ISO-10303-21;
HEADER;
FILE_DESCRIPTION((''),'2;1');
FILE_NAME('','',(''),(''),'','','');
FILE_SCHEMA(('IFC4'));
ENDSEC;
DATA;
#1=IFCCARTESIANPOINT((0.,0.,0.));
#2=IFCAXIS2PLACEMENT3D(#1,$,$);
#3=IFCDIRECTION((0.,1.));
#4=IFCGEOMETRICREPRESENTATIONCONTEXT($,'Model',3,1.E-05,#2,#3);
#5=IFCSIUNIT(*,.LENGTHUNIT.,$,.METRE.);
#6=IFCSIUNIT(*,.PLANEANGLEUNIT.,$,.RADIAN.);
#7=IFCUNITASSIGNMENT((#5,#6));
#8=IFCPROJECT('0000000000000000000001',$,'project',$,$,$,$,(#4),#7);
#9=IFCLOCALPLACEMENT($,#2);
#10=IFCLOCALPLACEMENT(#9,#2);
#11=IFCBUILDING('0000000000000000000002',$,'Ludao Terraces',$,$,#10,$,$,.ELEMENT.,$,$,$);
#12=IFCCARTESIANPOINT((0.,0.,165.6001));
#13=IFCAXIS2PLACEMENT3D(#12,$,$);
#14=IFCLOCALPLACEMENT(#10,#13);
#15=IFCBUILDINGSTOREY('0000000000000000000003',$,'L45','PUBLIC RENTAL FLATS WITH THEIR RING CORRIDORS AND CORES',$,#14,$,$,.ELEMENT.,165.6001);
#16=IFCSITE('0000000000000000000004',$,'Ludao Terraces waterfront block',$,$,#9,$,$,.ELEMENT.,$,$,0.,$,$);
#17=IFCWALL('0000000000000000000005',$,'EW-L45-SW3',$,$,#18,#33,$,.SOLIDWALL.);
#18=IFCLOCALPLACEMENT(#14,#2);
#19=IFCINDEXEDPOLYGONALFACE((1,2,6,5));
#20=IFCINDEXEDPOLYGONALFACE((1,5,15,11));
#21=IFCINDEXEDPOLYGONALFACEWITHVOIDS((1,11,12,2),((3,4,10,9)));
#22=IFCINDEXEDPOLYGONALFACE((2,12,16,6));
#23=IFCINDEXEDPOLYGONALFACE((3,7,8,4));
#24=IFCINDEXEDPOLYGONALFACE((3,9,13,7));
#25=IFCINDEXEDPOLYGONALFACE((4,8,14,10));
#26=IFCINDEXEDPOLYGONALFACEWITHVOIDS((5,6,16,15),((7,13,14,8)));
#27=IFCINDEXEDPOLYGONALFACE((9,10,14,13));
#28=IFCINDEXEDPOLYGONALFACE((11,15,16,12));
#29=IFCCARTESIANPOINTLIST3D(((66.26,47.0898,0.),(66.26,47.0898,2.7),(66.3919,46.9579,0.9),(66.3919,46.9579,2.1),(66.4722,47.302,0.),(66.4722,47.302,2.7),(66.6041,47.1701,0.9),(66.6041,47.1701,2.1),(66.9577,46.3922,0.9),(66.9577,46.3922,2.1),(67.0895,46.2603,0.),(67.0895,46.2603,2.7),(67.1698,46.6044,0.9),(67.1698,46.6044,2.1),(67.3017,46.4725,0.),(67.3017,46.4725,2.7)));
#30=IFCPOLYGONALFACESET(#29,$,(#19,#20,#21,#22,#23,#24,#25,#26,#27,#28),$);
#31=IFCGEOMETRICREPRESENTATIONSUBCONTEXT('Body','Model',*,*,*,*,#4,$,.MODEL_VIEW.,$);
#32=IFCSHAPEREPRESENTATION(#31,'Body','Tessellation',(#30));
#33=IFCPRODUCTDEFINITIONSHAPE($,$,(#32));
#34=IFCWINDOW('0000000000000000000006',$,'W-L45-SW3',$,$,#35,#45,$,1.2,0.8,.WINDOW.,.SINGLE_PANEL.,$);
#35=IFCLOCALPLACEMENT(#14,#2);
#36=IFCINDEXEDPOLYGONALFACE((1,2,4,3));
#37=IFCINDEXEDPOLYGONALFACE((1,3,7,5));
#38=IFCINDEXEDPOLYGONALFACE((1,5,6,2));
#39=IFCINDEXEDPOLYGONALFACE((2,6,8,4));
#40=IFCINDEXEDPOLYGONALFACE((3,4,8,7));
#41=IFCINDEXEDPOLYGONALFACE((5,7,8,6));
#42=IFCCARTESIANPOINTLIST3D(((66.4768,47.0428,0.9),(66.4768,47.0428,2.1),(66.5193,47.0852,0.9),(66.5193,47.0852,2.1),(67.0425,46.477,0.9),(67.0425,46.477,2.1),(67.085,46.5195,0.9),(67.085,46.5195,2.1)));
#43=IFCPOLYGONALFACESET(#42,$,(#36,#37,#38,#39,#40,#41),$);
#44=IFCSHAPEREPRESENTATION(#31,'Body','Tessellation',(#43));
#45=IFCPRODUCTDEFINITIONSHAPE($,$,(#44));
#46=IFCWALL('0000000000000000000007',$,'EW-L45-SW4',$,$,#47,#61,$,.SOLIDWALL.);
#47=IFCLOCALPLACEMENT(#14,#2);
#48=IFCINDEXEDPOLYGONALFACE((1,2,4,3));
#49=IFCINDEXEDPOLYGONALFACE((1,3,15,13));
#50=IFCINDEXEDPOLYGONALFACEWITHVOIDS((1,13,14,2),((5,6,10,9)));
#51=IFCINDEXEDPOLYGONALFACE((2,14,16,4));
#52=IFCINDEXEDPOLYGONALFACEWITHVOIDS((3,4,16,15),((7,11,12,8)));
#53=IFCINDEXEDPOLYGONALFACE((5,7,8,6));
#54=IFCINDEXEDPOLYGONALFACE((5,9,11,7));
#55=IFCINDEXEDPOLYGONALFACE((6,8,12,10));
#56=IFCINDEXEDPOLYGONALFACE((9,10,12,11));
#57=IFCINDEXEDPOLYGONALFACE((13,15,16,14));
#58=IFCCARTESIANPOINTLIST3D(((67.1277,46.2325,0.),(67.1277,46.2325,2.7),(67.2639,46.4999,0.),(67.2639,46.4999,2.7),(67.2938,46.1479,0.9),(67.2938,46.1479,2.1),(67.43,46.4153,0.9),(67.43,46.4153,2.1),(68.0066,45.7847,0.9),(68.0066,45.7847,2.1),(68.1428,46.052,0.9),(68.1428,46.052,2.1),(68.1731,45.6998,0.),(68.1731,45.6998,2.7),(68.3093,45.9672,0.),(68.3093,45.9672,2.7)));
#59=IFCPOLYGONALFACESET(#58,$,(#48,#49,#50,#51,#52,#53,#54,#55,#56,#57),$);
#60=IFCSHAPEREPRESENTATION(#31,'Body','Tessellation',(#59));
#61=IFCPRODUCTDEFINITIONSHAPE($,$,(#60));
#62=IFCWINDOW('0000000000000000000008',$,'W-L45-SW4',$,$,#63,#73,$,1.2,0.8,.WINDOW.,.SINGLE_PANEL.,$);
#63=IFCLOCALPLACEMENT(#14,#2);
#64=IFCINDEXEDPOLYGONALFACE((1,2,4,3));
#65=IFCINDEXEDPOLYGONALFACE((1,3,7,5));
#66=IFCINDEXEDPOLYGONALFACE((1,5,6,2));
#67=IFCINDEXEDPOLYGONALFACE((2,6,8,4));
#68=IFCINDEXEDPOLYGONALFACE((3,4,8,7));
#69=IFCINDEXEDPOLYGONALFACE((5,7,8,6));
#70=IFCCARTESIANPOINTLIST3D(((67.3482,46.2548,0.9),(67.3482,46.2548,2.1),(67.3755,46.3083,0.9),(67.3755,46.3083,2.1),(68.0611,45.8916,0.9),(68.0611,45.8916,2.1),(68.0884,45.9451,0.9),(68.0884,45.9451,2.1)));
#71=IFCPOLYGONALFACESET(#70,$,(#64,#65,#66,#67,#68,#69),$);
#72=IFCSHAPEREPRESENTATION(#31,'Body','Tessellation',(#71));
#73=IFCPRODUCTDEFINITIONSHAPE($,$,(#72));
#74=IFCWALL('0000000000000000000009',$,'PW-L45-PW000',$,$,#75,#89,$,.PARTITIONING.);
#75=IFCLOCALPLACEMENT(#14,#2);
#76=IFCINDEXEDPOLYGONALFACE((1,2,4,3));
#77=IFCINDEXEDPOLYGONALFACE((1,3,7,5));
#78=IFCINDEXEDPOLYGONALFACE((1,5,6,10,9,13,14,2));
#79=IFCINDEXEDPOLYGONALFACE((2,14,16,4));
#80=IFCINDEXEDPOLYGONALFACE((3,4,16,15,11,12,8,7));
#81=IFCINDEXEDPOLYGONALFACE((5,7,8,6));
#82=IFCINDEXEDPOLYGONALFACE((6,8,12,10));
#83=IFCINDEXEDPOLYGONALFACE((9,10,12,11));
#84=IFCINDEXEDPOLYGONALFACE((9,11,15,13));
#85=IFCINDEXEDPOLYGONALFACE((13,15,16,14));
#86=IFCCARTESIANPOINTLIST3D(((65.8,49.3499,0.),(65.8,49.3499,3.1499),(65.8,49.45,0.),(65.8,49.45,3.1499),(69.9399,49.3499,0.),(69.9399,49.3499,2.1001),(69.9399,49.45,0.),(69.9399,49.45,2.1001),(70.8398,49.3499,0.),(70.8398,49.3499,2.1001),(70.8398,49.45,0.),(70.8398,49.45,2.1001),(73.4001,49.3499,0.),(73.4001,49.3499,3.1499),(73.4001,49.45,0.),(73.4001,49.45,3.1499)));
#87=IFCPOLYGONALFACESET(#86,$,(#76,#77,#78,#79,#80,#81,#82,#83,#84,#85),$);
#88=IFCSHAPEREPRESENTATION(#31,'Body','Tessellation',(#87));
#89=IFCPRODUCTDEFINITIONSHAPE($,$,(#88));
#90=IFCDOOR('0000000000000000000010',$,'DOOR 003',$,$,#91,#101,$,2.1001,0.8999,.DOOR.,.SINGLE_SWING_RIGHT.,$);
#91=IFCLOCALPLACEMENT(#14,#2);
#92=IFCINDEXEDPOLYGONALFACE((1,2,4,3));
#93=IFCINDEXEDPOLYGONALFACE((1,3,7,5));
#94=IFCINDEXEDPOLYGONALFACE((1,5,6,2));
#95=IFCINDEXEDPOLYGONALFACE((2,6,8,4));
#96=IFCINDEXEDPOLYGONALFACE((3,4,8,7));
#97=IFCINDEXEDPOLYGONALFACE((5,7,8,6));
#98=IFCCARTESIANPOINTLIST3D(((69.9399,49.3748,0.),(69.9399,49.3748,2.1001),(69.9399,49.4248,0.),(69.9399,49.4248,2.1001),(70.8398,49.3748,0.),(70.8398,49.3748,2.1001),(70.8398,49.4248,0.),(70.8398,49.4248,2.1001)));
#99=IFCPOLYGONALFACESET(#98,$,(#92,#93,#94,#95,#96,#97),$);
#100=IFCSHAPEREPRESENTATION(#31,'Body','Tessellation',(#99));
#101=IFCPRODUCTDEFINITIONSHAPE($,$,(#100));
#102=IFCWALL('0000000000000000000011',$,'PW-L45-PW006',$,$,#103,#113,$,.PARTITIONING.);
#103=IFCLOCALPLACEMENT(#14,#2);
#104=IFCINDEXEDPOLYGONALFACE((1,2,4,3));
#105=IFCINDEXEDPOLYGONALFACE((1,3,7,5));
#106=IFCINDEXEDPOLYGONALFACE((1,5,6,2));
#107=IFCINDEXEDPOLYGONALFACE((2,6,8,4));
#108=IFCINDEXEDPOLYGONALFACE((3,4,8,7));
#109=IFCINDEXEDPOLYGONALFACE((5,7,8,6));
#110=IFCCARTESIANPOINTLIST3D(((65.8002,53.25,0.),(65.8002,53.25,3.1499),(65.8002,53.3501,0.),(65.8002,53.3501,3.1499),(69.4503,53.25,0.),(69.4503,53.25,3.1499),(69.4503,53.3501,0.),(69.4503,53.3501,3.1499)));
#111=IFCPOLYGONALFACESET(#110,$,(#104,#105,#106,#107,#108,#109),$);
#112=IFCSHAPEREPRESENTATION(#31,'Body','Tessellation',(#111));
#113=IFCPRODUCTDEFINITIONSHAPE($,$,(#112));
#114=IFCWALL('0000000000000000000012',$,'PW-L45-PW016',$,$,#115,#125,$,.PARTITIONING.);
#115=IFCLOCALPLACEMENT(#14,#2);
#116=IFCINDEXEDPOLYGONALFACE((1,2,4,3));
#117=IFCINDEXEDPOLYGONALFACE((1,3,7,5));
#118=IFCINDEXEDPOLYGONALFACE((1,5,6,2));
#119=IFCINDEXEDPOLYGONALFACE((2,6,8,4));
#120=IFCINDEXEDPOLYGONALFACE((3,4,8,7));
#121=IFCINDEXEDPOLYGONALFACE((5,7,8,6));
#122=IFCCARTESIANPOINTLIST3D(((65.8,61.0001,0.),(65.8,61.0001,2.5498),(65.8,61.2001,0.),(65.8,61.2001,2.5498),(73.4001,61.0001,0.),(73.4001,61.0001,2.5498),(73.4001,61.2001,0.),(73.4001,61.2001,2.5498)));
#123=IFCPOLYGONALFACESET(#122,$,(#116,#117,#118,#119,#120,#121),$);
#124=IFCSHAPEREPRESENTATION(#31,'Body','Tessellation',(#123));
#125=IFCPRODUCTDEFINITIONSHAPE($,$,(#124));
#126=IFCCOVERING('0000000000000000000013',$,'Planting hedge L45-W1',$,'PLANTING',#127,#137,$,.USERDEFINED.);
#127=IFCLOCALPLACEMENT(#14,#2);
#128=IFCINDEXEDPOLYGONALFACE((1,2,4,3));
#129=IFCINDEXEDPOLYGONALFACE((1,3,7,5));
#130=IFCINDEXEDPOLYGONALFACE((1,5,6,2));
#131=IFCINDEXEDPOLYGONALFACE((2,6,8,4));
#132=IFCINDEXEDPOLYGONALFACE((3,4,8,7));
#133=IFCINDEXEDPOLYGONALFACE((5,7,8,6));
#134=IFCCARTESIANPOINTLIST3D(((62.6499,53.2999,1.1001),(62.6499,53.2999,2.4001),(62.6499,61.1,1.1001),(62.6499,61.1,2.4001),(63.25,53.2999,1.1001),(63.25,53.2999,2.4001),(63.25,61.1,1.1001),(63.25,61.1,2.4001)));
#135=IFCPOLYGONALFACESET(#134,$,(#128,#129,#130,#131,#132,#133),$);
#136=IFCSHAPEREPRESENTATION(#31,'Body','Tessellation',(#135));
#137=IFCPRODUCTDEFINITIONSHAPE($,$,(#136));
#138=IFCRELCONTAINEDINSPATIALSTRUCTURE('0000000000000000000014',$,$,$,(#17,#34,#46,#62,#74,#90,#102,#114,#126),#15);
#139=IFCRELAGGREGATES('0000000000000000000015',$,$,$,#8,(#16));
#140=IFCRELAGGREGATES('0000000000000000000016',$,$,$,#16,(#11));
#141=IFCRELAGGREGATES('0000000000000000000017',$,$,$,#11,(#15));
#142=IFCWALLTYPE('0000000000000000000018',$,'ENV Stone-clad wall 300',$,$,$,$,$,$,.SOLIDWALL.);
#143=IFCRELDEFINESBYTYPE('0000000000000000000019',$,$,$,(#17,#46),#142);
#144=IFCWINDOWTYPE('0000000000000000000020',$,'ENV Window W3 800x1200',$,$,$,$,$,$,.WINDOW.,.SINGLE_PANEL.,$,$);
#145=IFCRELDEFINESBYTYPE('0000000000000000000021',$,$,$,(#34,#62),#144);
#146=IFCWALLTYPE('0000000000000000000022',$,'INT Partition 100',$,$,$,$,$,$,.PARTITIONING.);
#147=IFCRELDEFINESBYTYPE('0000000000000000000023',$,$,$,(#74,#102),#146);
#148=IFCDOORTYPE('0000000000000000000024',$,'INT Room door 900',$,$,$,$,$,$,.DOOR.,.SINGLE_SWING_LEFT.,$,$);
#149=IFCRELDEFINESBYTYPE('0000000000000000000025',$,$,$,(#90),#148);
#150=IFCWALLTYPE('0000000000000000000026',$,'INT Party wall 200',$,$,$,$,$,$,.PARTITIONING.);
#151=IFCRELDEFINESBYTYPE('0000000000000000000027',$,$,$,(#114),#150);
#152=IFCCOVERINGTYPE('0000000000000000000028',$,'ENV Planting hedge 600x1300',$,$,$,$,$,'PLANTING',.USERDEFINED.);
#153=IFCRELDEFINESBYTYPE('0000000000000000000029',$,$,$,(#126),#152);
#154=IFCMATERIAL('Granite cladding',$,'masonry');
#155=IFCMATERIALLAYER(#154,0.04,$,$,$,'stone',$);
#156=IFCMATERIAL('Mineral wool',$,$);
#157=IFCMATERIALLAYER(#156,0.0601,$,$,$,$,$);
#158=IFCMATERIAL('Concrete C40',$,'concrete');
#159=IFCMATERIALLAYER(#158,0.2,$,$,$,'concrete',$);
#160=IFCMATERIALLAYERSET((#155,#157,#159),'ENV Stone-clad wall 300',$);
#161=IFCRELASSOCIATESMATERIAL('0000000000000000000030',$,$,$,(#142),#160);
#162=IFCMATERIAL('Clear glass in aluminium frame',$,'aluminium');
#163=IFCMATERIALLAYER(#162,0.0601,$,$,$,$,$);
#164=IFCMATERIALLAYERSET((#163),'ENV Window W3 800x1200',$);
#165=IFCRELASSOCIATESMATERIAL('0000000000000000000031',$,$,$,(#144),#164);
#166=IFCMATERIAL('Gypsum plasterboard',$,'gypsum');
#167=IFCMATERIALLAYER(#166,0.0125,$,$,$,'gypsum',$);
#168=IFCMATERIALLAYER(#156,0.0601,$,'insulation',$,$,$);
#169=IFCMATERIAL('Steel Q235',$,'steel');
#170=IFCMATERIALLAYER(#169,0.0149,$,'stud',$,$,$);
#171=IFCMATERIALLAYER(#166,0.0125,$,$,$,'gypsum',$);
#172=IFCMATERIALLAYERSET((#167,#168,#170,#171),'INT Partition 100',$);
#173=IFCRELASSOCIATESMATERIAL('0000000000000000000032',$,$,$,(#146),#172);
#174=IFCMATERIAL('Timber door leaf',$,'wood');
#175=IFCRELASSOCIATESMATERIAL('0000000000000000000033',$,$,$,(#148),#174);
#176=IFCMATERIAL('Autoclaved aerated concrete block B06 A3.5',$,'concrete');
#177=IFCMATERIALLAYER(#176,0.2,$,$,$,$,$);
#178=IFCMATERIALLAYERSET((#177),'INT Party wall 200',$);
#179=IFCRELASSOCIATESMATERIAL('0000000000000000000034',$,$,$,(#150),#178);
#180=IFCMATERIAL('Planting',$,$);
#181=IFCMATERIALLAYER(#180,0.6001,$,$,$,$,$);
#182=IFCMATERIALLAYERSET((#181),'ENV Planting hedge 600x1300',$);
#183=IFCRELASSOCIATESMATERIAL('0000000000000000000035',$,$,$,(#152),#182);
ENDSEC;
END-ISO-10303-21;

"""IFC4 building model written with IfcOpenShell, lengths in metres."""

from ifc_helpers import new_model, si_unit, direction, frame, frame_2d, origin, origin_2d, place, context, subcontext, project, spatial, rectangle, extrude, material, layer, layer_set, type_object, element, fill, save


model = new_model("IFC4")

# Units and contexts
model_context = context("Model", 3, precision=1e-05, world=origin(), true_north=direction((0.0, 1.0)))
body_context = subcontext(model_context, "Body", "Model", "MODEL_VIEW")
ifc_project = project(units=[si_unit("LENGTHUNIT", "METRE"), si_unit("PLANEANGLEUNIT", "RADIAN")], contexts=[model_context])

# Site, building, storey
site_placement = place(None, origin())
site = spatial("IfcSite", under=ifc_project, at=site_placement, Name="Ludao Terraces waterfront block", CompositionType="ELEMENT", RefElevation=0.0)
building_placement = place(site_placement, origin())
building = spatial("IfcBuilding", under=site, at=building_placement, Name="Ludao Terraces", CompositionType="ELEMENT")
storey_placement = place(building_placement, frame((0.0, 0.0, 165.6001)))
storey = spatial("IfcBuildingStorey", under=building, at=storey_placement, Name="L45", Description="PUBLIC RENTAL FLATS WITH THEIR RING CORRIDORS AND CORES", CompositionType="ELEMENT", Elevation=165.6001)

# Shared definitions
ifc_material_1 = material(Name="Concrete C40", Category="concrete")

# Shared definitions
ifc_material_2 = material(Name="Granite cladding", Category="masonry")
ifc_layer_1 = layer(ifc_material_2, 0.04, Category="stone")
ifc_material_3 = material(Name="Mineral wool")
ifc_layer_2 = layer(ifc_material_3, 0.0601)
ifc_layer_3 = layer(ifc_material_1, 0.2, Category="concrete")
ifc_layer_set_1 = layer_set([ifc_layer_1, ifc_layer_2, ifc_layer_3], Name="ENV Stone-clad wall 300")
wall_type_1 = type_object("IfcWallType", Name="ENV Stone-clad wall 300", PredefinedType="SOLIDWALL", material=ifc_layer_set_1)
ifc_material_4 = material(Name="Clear glass in aluminium frame", Category="aluminium")

# Walls, openings, windows
ifc_layer_4 = layer(ifc_material_4, 0.0601)
ifc_layer_set_2 = layer_set([ifc_layer_4], Name="ENV Window W3 800x1200")
window_type_1 = type_object("IfcWindowType", Name="ENV Window W3 800x1200", PartitioningType="SINGLE_PANEL", PredefinedType="WINDOW", material=ifc_layer_set_2)
wall_1_placement = place(storey_placement, frame((66.3662, 47.1958, 0.0), z_axis=(0.0, 0.0, 1.0), x_axis=(0.707107, -0.707107, 0.0)))
wall_1 = element("IfcWall", 1, at=wall_1_placement, inside=storey, type_object=wall_type_1, Name="EW-L45-SW3", PredefinedType="SOLIDWALL", context=body_context, shape_type="SweptSolid", body=[
    extrude(rectangle(XDim=1.1731, YDim=0.3, at=frame_2d((0.5864, 0.0))), origin(), (0.0, 0.0, 1.0), 2.7),
])
opening_1_placement = place(wall_1_placement, frame((0.1865, 0.0, 0.8999)))
opening_1 = element("IfcOpeningElement", 2, at=opening_1_placement, cuts=wall_1, PredefinedType="OPENING", context=body_context, shape_type="SweptSolid", body=[
    extrude(rectangle(XDim=0.8, YDim=1.2, at=frame_2d((0.3999, 0.6001))), frame((0.0, 0.1602, 0.0), z_axis=(0.0, -1.0, 0.0), x_axis=(1.0, 0.0, 0.0)), (0.0, 0.0, 1.0), 0.3201),
])
window_1_placement = place(opening_1_placement, origin())
window_1 = element("IfcWindow", 3, at=window_1_placement, inside=storey, type_object=window_type_1, Name="W-L45-SW3", OverallHeight=1.2, OverallWidth=0.8, PartitioningType="SINGLE_PANEL", PredefinedType="WINDOW", context=body_context, shape_type="SweptSolid", body=[
    extrude(rectangle(XDim=0.8, YDim=1.2, at=frame_2d((0.3999, 0.6001))), frame((0.0, 0.03, 0.0), z_axis=(0.0, -1.0, 0.0), x_axis=(1.0, 0.0, 0.0)), (0.0, 0.0, 1.0), 0.0601),
])
fill(opening_1, window_1)
wall_2_placement = place(storey_placement, frame((67.1958, 46.3662, 0.0), z_axis=(0.0, 0.0, 1.0), x_axis=(0.890989, -0.454026, 0.0)))
wall_2 = element("IfcWall", 4, at=wall_2_placement, inside=storey, type_object=wall_type_1, Name="EW-L45-SW4", PredefinedType="SOLIDWALL", context=body_context, shape_type="SweptSolid", body=[
    extrude(rectangle(XDim=1.1733, YDim=0.3, at=frame_2d((0.5867, 0.0))), origin(), (0.0, 0.0, 1.0), 2.7),
])
opening_2_placement = place(wall_2_placement, frame((0.1865, 0.0, 0.8999)))
opening_2 = element("IfcOpeningElement", 5, at=opening_2_placement, cuts=wall_2, PredefinedType="OPENING", context=body_context, shape_type="SweptSolid", body=[
    extrude(rectangle(XDim=0.8, YDim=1.2, at=frame_2d((0.3999, 0.6001))), frame((0.0, 0.1602, 0.0), z_axis=(0.0, -1.0, 0.0), x_axis=(1.0, 0.0, 0.0)), (0.0, 0.0, 1.0), 0.3201),
])
window_2_placement = place(opening_2_placement, origin())
window_2 = element("IfcWindow", 6, at=window_2_placement, inside=storey, type_object=window_type_1, Name="W-L45-SW4", OverallHeight=1.2, OverallWidth=0.8, PartitioningType="SINGLE_PANEL", PredefinedType="WINDOW", context=body_context, shape_type="SweptSolid", body=[
    extrude(rectangle(XDim=0.8, YDim=1.2, at=frame_2d((0.3999, 0.6001))), frame((0.0, 0.03, 0.0), z_axis=(0.0, -1.0, 0.0), x_axis=(1.0, 0.0, 0.0)), (0.0, 0.0, 1.0), 0.0601),
])
fill(opening_2, window_2)

# Wall, opening, door
ifc_material_5 = material(Name="Gypsum plasterboard", Category="gypsum")
ifc_layer_5 = layer(ifc_material_5, 0.0125, Category="gypsum")
ifc_layer_6 = layer(ifc_material_3, 0.0601, Name="insulation")
ifc_material_6 = material(Name="Steel Q235", Category="steel")
ifc_layer_7 = layer(ifc_material_6, 0.0149, Name="stud")
ifc_layer_8 = layer(ifc_material_5, 0.0125, Category="gypsum")
ifc_layer_set_3 = layer_set([ifc_layer_5, ifc_layer_6, ifc_layer_7, ifc_layer_8], Name="INT Partition 100")
wall_type_2 = type_object("IfcWallType", Name="INT Partition 100", PredefinedType="PARTITIONING", material=ifc_layer_set_3)
wall_3_placement = place(storey_placement, frame((65.8, 49.3999, 0.0), z_axis=(0.0, 0.0, 1.0), x_axis=(1.0, 0.0, 0.0)))
wall_3 = element("IfcWall", 7, at=wall_3_placement, inside=storey, type_object=wall_type_2, Name="PW-L45-PW000", PredefinedType="PARTITIONING", context=body_context, shape_type="SweptSolid", body=[
    extrude(rectangle(XDim=7.6001, YDim=0.1001, at=frame_2d((3.8, 0.0))), origin(), (0.0, 0.0, 1.0), 3.1499),
])
opening_3_placement = place(wall_3_placement, frame((4.1399, 0.0, 0.0)))
opening_3 = element("IfcOpeningElement", 8, at=opening_3_placement, cuts=wall_3, PredefinedType="OPENING", context=body_context, shape_type="SweptSolid", body=[
    extrude(rectangle(XDim=0.8999, YDim=2.1001, at=frame_2d((0.45, 1.05))), frame((0.0, 0.0601, 0.0), z_axis=(0.0, -1.0, 0.0), x_axis=(1.0, 0.0, 0.0)), (0.0, 0.0, 1.0), 0.1201),
])
ifc_material_7 = material(Name="Timber door leaf", Category="wood")
door_type_1 = type_object("IfcDoorType", Name="INT Room door 900", OperationType="SINGLE_SWING_LEFT", PredefinedType="DOOR", material=ifc_material_7)
door_1_placement = place(opening_3_placement, origin())
door_1 = element("IfcDoor", 9, at=door_1_placement, inside=storey, type_object=door_type_1, Name="DOOR 003", OperationType="SINGLE_SWING_RIGHT", OverallHeight=2.1001, OverallWidth=0.8999, PredefinedType="DOOR", context=body_context, shape_type="SweptSolid", body=[
    extrude(rectangle(XDim=0.8999, YDim=2.1001, at=frame_2d((0.45, 1.05))), frame((0.0, 0.0249, 0.0), z_axis=(0.0, -1.0, 0.0), x_axis=(1.0, 0.0, 0.0)), (0.0, 0.0, 1.0), 0.05),
])
fill(opening_3, door_1)

# Walls
wall_4_placement = place(storey_placement, frame((65.8, 53.3, 0.0), z_axis=(0.0, 0.0, 1.0), x_axis=(1.0, 0.0, 0.0)))
element("IfcWall", 10, at=wall_4_placement, inside=storey, type_object=wall_type_2, Name="PW-L45-PW006", PredefinedType="PARTITIONING", context=body_context, shape_type="SweptSolid", body=[
    extrude(rectangle(XDim=3.6501, YDim=0.1001, at=frame_2d((1.8252, 0.0))), origin(), (0.0, 0.0, 1.0), 3.1499),
])
ifc_material_8 = material(Name="Autoclaved aerated concrete block B06 A3.5", Category="concrete")
ifc_layer_9 = layer(ifc_material_8, 0.2)
ifc_layer_set_4 = layer_set([ifc_layer_9], Name="INT Party wall 200")
wall_type_3 = type_object("IfcWallType", Name="INT Party wall 200", PredefinedType="PARTITIONING", material=ifc_layer_set_4)
wall_5_placement = place(storey_placement, frame((65.8, 61.1001, 0.0), z_axis=(0.0, 0.0, 1.0), x_axis=(1.0, 0.0, 0.0)))
element("IfcWall", 11, at=wall_5_placement, inside=storey, type_object=wall_type_3, Name="PW-L45-PW016", PredefinedType="PARTITIONING", context=body_context, shape_type="SweptSolid", body=[
    extrude(rectangle(XDim=7.6001, YDim=0.2, at=frame_2d((3.8, 0.0))), origin(), (0.0, 0.0, 1.0), 2.5498),
])

# Covering
ifc_material_9 = material(Name="Planting")
ifc_layer_10 = layer(ifc_material_9, 0.6001)
ifc_layer_set_5 = layer_set([ifc_layer_10], Name="ENV Planting hedge 600x1300")
covering_type = type_object("IfcCoveringType", Name="ENV Planting hedge 600x1300", ElementType="PLANTING", PredefinedType="USERDEFINED", material=ifc_layer_set_5)
covering_placement = place(storey_placement, frame((62.95, 57.2, 1.1001), z_axis=(0.0, 0.0, 1.0), x_axis=(1.0, 0.0, 0.0)))
element("IfcCovering", 12, at=covering_placement, inside=storey, type_object=covering_type, Name="Planting hedge L45-W1", ObjectType="PLANTING", PredefinedType="USERDEFINED", context=body_context, shape_type="SweptSolid", body=[
    extrude(rectangle(XDim=0.6001, YDim=7.8, at=origin_2d()), origin(), (0.0, 0.0, 1.0), 1.3),
])

save(model, "model.ifc")
